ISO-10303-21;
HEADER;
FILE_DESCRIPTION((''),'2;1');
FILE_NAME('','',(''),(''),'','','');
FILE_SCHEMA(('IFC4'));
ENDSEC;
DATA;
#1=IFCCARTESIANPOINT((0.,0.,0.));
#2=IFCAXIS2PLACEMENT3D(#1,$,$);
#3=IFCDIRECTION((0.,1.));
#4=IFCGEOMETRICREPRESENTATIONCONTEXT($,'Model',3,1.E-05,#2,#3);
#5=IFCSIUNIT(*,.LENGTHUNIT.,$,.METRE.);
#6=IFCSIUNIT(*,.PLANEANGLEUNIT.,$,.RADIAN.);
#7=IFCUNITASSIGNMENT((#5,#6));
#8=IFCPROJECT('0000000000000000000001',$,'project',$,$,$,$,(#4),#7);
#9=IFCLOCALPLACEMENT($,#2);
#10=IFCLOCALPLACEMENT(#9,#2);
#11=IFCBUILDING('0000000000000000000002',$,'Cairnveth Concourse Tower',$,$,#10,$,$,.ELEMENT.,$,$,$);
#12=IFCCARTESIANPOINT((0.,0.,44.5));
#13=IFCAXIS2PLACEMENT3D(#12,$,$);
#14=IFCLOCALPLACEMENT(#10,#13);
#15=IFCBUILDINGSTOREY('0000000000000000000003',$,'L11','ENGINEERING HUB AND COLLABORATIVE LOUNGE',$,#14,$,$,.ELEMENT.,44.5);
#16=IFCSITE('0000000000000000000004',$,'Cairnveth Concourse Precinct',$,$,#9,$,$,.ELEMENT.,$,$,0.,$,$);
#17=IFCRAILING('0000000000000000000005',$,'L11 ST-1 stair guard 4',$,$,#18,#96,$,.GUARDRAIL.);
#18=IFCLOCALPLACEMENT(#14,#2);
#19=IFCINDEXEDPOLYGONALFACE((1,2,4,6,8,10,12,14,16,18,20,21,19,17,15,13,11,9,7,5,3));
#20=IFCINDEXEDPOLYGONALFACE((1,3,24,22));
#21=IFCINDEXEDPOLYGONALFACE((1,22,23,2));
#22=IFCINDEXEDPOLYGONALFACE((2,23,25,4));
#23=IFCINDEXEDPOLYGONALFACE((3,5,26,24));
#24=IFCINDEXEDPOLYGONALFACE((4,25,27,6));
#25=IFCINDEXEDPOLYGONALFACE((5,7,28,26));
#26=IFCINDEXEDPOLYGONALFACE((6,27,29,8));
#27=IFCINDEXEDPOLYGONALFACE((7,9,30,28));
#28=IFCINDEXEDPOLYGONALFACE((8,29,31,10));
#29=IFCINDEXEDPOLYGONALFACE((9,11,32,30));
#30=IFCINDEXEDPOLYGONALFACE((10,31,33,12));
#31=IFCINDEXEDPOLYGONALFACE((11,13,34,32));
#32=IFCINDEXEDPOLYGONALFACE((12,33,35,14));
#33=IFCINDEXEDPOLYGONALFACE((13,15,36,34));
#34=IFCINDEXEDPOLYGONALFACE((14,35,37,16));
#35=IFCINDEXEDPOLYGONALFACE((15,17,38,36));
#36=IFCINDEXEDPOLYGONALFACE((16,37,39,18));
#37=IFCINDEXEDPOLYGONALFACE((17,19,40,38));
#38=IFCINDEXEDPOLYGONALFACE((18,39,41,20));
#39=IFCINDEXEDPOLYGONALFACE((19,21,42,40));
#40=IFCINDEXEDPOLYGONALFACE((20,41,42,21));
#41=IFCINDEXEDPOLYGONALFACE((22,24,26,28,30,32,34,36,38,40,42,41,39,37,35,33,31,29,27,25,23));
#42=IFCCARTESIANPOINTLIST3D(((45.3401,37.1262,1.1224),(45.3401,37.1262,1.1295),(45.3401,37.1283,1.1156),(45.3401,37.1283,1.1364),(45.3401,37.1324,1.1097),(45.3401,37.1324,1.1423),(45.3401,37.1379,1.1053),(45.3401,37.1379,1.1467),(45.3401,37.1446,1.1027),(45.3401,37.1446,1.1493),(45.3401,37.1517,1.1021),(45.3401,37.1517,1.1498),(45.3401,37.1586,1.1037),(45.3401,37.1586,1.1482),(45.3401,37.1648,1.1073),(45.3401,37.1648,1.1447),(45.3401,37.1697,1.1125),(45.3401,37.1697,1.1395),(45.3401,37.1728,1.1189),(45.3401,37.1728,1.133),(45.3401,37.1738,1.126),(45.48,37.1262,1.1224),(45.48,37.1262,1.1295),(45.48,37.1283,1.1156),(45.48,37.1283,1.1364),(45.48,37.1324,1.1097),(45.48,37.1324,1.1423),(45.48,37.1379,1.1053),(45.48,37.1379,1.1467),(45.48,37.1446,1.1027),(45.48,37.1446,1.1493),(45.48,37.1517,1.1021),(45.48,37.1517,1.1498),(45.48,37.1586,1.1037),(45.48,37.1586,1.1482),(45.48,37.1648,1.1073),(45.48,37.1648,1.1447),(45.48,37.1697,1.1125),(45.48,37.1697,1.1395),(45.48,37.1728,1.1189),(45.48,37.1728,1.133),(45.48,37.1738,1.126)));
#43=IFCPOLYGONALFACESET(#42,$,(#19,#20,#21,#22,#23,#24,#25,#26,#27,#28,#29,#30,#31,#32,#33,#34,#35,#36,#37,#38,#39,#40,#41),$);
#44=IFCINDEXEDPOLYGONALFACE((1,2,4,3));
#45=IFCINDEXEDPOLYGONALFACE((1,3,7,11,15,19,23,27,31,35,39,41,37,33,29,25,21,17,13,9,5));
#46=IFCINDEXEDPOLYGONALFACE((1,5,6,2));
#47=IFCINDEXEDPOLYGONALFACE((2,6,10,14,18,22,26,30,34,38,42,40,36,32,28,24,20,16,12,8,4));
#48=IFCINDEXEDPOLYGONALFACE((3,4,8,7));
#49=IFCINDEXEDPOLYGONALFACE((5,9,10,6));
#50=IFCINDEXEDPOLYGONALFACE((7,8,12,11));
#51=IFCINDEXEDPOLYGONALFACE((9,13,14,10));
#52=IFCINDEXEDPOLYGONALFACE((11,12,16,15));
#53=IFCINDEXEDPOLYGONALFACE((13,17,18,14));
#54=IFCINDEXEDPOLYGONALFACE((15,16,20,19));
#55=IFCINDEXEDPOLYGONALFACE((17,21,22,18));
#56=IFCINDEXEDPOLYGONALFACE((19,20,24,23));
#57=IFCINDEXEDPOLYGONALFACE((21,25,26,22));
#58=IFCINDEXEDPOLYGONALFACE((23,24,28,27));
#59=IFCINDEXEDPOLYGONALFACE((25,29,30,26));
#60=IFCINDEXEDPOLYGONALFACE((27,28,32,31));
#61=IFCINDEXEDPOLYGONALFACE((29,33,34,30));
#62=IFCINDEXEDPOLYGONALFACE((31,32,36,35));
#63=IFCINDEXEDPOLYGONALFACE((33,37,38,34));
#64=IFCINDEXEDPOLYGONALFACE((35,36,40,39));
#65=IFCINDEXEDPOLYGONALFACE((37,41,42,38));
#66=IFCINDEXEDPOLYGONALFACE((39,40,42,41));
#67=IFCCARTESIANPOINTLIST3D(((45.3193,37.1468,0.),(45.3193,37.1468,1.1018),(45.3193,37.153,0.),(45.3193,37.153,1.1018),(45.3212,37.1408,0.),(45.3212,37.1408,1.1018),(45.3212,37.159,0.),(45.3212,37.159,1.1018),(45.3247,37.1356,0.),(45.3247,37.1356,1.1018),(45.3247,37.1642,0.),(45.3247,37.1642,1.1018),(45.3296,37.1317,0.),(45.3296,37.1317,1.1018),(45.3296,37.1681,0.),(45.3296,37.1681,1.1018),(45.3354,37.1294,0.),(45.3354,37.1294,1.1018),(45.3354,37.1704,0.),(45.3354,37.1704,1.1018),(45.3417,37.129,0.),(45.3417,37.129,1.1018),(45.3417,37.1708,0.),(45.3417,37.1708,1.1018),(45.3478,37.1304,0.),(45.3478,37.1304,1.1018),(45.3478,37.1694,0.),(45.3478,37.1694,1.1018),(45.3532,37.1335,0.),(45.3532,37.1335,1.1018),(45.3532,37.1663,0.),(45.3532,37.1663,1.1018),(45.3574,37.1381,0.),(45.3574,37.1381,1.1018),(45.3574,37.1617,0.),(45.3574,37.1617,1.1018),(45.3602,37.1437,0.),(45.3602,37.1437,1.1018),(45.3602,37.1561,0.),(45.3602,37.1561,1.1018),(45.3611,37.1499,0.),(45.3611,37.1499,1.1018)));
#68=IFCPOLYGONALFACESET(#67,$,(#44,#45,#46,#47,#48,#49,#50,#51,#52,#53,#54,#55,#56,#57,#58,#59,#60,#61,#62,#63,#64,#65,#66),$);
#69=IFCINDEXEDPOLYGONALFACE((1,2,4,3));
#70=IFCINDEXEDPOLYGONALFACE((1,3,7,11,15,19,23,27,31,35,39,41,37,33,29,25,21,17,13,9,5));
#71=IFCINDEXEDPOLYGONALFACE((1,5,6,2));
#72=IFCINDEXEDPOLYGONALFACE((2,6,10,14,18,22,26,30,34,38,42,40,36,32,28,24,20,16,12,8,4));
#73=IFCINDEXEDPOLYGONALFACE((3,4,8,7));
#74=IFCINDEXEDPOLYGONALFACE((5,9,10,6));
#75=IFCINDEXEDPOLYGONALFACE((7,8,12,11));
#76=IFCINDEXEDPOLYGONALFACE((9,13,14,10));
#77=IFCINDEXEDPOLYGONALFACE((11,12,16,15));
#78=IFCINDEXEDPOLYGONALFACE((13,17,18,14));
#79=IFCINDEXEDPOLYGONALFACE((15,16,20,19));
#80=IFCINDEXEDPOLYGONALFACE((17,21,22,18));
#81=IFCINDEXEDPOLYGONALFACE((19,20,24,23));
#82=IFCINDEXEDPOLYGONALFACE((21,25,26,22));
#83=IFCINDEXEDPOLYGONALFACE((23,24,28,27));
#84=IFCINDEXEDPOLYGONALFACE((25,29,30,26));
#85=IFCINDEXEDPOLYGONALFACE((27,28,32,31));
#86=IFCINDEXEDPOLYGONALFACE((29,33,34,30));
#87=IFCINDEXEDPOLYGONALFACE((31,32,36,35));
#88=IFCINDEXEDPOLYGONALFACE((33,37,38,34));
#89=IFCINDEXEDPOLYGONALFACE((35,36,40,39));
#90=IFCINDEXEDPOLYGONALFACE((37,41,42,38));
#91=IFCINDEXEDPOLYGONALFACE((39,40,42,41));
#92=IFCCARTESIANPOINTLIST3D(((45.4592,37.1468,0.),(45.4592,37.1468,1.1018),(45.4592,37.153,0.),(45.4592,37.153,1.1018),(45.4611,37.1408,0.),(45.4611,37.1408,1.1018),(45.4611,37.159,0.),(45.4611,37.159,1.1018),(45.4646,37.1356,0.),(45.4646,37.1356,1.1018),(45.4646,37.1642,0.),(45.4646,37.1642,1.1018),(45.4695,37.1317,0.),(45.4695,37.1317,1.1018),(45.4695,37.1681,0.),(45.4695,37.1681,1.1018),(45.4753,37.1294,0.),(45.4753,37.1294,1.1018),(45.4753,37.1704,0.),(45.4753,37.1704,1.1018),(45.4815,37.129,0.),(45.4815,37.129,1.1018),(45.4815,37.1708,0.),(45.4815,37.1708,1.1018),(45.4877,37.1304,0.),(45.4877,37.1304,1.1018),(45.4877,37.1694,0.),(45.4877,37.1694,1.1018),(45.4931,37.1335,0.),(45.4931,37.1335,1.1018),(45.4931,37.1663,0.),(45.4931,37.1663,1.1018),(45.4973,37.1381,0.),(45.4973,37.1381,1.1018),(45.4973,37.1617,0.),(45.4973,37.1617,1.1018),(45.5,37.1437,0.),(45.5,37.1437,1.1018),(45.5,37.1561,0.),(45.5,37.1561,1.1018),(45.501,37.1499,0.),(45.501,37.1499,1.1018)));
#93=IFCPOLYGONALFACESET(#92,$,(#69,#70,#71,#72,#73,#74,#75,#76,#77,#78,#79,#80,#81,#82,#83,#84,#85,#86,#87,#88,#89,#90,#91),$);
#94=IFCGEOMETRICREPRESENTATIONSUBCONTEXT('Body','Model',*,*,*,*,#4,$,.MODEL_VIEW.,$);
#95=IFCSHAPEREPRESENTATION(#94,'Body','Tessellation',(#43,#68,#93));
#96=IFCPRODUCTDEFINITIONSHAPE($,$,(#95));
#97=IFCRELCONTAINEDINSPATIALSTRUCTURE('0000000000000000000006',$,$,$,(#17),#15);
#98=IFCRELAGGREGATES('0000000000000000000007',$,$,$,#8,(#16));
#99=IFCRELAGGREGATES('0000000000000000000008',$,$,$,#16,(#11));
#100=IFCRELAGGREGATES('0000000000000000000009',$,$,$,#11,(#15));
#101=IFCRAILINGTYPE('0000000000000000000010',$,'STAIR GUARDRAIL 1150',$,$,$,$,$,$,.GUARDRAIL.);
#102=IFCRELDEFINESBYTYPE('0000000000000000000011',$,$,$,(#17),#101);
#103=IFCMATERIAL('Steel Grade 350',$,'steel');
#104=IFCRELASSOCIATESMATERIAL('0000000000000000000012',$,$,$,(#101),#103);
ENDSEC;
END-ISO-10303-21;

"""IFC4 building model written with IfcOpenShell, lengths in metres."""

from ifc_helpers import new_model, si_unit, direction, frame, origin, origin_2d, place, context, subcontext, project, spatial, circle, extrude, material, type_object, element, save


model = new_model("IFC4")

# Units and contexts
model_context = context("Model", 3, precision=1e-05, world=origin(), true_north=direction((0.0, 1.0)))
body_context = subcontext(model_context, "Body", "Model", "MODEL_VIEW")
ifc_project = project(units=[si_unit("LENGTHUNIT", "METRE"), si_unit("PLANEANGLEUNIT", "RADIAN")], contexts=[model_context])

# Site, building, storey
site_placement = place(None, origin())
site = spatial("IfcSite", under=ifc_project, at=site_placement, Name="Cairnveth Concourse Precinct", CompositionType="ELEMENT", RefElevation=0.0)
building_placement = place(site_placement, origin())
building = spatial("IfcBuilding", under=site, at=building_placement, Name="Cairnveth Concourse Tower", CompositionType="ELEMENT")
storey_placement = place(building_placement, frame((0.0, 0.0, 44.5)))
storey = spatial("IfcBuildingStorey", under=building, at=storey_placement, Name="L11", Description="ENGINEERING HUB AND COLLABORATIVE LOUNGE", CompositionType="ELEMENT", Elevation=44.5)

# Shared definitions
ifc_material_1 = material(Name="Steel Grade 350", Category="steel")

# Railing
railing_type = type_object("IfcRailingType", Name="STAIR GUARDRAIL 1150", PredefinedType="GUARDRAIL", material=ifc_material_1)
railing_placement = place(storey_placement, frame((45.3401, 37.1499, 0.0)))
element("IfcRailing", 1, at=railing_placement, inside=storey, type_object=railing_type, Name="L11 ST-1 stair guard 4", PredefinedType="GUARDRAIL", context=body_context, shape_type="SweptSolid", body=[
    extrude(circle(Radius=0.0239, at=origin_2d()), frame((0.0, 0.0, 1.126), z_axis=(1.0, 0.0, 0.0), x_axis=(0.0, 1.0, 0.0)), (0.0, 0.0, 1.0), 0.1399),
    extrude(circle(Radius=0.021, at=origin_2d()), origin(), (0.0, 0.0, 1.0), 1.1018),
    extrude(circle(Radius=0.021, at=origin_2d()), frame((0.1399, 0.0, 0.0)), (0.0, 0.0, 1.0), 1.1018),
])

save(model, "model.ifc")
